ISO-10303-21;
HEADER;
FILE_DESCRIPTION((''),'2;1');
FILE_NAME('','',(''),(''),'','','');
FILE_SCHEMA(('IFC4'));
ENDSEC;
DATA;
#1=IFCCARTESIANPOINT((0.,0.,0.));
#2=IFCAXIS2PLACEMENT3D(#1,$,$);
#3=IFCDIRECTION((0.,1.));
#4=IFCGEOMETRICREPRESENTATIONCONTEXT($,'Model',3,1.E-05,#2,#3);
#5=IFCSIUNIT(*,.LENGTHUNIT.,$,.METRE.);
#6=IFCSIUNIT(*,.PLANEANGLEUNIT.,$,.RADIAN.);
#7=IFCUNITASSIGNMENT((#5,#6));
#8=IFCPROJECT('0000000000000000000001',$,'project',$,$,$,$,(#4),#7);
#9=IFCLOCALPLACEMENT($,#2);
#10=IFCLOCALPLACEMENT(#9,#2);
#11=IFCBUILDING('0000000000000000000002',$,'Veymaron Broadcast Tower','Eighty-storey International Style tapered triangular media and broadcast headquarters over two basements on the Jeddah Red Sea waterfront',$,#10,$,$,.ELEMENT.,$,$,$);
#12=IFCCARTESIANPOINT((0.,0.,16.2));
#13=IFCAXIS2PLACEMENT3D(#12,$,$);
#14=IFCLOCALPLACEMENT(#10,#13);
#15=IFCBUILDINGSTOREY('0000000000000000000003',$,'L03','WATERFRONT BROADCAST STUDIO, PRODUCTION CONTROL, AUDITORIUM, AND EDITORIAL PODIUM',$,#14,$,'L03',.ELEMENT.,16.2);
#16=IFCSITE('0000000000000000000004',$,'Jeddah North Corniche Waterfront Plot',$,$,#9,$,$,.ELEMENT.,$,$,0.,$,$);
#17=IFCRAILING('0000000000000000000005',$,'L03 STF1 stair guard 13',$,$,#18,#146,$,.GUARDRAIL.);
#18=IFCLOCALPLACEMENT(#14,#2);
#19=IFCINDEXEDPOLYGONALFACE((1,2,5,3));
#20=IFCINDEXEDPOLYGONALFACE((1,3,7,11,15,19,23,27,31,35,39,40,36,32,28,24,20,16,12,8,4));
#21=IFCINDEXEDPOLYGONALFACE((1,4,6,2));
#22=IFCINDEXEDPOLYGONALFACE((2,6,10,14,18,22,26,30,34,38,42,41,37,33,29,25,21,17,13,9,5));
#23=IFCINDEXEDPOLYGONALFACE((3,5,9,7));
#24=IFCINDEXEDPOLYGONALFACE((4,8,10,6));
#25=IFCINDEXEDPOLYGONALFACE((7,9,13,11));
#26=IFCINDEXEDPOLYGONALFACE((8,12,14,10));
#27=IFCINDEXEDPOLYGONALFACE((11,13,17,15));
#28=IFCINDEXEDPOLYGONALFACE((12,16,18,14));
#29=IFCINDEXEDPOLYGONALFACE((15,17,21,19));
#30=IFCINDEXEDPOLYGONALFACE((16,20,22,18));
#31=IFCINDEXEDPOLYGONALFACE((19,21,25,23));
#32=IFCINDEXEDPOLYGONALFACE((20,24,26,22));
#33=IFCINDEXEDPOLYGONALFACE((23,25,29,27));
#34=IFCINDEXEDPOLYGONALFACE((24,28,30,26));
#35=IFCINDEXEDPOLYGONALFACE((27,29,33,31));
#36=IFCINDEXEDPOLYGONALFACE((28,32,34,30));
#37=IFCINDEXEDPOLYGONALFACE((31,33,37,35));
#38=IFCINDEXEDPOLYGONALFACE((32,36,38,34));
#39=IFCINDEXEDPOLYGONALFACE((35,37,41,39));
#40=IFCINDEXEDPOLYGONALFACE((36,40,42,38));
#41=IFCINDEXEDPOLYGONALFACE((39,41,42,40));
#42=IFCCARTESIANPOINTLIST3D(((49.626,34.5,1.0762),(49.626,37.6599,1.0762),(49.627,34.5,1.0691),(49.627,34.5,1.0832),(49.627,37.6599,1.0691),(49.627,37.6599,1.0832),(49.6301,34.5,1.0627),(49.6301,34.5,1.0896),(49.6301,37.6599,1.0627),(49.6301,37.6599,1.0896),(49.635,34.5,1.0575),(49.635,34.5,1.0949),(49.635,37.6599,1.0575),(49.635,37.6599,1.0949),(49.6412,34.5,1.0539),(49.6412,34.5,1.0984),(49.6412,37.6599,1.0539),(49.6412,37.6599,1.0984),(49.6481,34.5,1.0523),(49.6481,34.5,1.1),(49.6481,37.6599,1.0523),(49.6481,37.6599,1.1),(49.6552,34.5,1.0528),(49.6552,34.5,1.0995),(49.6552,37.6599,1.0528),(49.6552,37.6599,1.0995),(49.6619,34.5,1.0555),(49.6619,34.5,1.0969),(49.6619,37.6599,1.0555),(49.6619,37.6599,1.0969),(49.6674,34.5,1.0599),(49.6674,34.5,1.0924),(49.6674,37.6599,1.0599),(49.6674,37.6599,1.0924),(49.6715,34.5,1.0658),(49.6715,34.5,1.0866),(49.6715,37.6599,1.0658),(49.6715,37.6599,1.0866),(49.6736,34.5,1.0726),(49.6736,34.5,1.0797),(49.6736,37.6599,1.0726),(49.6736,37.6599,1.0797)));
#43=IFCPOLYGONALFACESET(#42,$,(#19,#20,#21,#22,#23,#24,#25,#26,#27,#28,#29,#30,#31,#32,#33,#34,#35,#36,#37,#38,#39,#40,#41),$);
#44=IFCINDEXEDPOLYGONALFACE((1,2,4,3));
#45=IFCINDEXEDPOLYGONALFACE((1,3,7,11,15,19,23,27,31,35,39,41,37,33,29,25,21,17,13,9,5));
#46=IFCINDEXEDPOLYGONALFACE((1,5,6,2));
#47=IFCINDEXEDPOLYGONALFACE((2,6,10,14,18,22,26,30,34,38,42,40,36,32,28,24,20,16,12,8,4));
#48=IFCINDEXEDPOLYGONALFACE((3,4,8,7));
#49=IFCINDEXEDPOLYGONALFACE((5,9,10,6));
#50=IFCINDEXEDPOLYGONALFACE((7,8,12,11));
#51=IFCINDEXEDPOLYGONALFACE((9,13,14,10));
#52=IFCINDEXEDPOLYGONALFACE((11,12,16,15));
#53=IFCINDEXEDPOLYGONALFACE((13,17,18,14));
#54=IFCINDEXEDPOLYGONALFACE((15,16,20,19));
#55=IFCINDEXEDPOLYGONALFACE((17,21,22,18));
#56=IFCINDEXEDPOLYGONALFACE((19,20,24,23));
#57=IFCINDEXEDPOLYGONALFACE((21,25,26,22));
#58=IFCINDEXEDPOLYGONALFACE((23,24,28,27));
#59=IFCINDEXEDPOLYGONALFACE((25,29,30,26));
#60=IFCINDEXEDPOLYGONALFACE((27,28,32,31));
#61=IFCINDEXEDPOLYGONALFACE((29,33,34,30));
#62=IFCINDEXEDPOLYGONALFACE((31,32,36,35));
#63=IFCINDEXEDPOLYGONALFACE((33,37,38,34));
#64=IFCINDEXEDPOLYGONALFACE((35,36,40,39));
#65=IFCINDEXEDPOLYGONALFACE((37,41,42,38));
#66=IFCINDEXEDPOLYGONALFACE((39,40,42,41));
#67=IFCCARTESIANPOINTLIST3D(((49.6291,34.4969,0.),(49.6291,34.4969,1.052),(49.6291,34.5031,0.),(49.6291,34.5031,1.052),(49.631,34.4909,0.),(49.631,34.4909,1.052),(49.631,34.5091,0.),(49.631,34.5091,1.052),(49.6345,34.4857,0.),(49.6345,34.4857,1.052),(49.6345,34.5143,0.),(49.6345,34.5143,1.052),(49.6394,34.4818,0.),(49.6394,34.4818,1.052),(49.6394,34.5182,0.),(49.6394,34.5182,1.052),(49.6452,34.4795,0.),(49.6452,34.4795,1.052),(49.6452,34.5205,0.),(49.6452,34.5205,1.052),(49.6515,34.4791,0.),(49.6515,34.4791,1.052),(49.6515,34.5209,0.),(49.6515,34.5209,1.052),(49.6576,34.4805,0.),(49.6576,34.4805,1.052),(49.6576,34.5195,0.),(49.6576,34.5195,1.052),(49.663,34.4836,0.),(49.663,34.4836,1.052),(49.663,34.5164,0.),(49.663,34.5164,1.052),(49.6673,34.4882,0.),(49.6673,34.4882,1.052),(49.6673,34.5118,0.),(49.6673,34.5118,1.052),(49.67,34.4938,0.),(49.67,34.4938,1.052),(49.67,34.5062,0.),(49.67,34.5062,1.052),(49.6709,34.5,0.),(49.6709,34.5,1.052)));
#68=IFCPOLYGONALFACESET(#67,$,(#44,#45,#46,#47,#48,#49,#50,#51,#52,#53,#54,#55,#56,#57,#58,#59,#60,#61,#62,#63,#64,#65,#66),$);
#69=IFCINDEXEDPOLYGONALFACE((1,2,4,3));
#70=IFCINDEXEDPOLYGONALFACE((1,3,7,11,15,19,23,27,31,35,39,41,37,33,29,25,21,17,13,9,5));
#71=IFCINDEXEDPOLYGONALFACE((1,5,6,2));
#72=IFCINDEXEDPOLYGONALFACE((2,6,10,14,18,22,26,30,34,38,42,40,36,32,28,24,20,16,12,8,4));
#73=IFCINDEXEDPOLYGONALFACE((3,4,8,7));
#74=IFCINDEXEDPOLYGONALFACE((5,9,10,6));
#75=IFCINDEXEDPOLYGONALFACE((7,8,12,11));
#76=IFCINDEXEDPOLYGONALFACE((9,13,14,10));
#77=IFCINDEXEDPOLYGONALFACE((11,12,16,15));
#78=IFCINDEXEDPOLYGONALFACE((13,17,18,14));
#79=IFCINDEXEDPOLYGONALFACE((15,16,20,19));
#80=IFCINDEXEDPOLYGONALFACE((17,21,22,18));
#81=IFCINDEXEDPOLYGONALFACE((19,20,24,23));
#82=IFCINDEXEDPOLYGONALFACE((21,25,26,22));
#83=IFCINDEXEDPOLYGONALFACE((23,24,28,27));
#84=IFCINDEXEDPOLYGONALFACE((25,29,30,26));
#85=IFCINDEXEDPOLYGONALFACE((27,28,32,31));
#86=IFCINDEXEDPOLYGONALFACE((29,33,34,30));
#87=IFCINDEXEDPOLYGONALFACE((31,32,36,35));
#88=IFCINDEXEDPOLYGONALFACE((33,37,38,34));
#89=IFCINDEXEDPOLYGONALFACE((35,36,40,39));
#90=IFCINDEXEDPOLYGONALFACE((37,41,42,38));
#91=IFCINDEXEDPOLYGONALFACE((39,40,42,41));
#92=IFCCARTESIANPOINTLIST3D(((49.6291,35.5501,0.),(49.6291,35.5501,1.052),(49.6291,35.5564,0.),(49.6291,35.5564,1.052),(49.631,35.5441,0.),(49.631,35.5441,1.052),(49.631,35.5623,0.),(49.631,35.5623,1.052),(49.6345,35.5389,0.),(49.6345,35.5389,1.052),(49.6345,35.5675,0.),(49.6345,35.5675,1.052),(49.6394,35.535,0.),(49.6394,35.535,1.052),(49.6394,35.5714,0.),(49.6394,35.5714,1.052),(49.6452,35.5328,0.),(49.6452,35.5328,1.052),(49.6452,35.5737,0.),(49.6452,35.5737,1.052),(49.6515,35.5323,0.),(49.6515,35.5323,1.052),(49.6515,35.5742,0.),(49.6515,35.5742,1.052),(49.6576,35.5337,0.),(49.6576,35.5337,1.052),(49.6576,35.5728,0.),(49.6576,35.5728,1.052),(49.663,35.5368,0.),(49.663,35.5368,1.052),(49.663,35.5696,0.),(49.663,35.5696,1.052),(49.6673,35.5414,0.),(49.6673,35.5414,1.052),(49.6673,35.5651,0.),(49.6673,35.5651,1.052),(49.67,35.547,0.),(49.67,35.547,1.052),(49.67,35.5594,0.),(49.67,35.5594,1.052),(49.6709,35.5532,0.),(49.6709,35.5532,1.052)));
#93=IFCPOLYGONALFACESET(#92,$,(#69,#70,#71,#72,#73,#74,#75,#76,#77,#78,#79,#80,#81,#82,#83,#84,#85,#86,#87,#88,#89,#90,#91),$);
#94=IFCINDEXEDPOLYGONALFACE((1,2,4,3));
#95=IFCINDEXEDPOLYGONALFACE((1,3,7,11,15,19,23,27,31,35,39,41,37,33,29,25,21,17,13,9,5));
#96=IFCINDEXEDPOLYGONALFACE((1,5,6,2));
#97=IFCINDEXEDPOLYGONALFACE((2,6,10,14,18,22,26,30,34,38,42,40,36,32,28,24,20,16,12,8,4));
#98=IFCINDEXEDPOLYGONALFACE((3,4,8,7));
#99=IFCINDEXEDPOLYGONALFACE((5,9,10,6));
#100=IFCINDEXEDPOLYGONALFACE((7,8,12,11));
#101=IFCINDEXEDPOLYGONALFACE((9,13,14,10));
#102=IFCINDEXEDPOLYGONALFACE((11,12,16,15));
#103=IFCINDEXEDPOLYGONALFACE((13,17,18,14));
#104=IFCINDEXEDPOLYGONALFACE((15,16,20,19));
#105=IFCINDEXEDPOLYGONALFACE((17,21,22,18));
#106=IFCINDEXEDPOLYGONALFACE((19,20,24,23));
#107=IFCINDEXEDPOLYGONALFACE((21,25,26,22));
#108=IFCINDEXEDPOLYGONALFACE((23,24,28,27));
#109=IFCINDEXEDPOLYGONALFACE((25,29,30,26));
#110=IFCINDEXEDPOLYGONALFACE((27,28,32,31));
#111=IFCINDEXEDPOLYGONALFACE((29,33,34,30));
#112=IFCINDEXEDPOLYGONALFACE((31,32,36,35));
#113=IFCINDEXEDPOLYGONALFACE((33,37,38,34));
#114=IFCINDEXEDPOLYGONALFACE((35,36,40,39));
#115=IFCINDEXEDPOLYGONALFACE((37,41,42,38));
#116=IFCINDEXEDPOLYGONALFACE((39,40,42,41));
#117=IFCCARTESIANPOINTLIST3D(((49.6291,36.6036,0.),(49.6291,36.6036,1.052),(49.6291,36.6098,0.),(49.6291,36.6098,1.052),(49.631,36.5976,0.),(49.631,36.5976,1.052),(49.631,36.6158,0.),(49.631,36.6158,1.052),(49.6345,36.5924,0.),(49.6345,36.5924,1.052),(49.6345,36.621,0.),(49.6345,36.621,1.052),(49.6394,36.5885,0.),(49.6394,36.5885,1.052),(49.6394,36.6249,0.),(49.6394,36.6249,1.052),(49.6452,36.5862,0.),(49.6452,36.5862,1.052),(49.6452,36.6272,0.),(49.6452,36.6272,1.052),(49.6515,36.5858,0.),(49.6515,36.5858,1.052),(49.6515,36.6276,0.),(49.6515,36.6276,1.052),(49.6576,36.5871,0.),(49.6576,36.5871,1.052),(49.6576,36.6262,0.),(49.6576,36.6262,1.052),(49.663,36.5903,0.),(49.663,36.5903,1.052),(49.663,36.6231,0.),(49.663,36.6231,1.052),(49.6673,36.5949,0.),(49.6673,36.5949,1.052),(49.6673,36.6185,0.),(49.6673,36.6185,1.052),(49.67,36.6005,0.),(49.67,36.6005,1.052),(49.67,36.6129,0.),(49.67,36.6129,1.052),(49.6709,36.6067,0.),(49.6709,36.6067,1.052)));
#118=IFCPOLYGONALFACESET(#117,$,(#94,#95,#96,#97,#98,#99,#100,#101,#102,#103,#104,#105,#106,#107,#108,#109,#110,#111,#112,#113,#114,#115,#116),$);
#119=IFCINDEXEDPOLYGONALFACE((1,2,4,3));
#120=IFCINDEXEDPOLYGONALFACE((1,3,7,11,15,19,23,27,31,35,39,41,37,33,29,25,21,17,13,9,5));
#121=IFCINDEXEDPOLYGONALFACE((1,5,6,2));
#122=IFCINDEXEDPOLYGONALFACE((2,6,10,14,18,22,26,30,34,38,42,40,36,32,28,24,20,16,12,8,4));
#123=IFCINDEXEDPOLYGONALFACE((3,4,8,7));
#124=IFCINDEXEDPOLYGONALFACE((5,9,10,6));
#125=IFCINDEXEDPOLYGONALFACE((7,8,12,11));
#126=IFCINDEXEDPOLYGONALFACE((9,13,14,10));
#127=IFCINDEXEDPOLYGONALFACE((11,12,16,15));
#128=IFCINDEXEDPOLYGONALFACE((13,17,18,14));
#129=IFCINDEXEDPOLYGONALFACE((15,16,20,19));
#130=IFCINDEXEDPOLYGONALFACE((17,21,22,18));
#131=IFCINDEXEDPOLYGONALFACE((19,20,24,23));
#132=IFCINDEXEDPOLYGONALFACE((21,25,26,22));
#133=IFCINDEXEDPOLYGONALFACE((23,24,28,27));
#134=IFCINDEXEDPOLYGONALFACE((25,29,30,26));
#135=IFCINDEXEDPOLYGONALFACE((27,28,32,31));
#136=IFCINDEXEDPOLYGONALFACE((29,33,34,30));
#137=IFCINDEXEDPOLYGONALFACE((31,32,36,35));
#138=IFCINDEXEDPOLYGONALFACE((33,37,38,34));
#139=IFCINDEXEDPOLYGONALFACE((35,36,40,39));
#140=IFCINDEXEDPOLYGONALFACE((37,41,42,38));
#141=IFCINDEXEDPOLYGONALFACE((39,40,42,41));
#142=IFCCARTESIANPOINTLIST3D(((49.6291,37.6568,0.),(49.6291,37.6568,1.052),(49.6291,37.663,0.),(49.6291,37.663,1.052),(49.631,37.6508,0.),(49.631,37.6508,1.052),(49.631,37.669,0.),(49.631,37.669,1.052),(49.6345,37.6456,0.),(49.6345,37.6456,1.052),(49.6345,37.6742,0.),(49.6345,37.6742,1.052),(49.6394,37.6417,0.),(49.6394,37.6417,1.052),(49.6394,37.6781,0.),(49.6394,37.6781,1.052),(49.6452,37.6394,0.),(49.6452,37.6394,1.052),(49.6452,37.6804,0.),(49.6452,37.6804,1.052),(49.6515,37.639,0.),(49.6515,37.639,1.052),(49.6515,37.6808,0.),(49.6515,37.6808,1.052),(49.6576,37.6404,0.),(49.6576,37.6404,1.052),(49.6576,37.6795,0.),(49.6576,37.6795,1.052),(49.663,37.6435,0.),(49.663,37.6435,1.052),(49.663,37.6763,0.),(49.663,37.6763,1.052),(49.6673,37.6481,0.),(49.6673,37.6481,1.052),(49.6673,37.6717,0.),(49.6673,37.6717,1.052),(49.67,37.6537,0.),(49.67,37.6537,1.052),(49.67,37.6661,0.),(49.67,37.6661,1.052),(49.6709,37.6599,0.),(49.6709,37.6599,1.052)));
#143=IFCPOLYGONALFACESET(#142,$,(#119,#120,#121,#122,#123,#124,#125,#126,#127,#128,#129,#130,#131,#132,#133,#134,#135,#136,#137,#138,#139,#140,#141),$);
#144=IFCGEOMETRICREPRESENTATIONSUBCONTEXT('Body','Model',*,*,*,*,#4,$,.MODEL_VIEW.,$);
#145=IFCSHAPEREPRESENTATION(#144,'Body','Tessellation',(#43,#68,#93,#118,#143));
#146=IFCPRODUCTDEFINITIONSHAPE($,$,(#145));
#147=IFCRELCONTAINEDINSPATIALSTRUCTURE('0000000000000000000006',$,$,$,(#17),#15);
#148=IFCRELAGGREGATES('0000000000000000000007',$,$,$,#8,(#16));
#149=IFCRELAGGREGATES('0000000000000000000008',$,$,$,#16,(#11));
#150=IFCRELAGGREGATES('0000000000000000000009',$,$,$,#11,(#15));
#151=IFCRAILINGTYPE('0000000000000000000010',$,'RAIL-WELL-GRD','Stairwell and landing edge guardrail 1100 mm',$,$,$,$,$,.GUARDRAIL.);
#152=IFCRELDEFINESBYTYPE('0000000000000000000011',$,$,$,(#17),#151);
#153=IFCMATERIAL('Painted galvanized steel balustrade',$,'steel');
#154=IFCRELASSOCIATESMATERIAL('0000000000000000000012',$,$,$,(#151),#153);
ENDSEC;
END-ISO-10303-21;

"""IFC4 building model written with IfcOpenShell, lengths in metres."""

from ifc_helpers import new_model, si_unit, direction, frame, origin, origin_2d, place, context, subcontext, project, spatial, circle, extrude, material, type_object, element, save


model = new_model("IFC4")

# Units and contexts
model_context = context("Model", 3, precision=1e-05, world=origin(), true_north=direction((0.0, 1.0)))
body_context = subcontext(model_context, "Body", "Model", "MODEL_VIEW")
ifc_project = project(units=[si_unit("LENGTHUNIT", "METRE"), si_unit("PLANEANGLEUNIT", "RADIAN")], contexts=[model_context])

# Site, building, storey
site_placement = place(None, origin())
site = spatial("IfcSite", under=ifc_project, at=site_placement, Name="Jeddah North Corniche Waterfront Plot", CompositionType="ELEMENT", RefElevation=0.0)
building_placement = place(site_placement, origin())
building = spatial("IfcBuilding", under=site, at=building_placement, Name="Veymaron Broadcast Tower", Description="Eighty-storey International Style tapered triangular media and broadcast headquarters over two basements on the Jeddah Red Sea waterfront", CompositionType="ELEMENT")
storey_placement = place(building_placement, frame((0.0, 0.0, 16.2)))
storey = spatial("IfcBuildingStorey", under=building, at=storey_placement, Name="L03", Description="WATERFRONT BROADCAST STUDIO, PRODUCTION CONTROL, AUDITORIUM, AND EDITORIAL PODIUM", LongName="L03", CompositionType="ELEMENT", Elevation=16.2)

# Railing
ifc_material_1 = material(Name="Painted galvanized steel balustrade", Category="steel")
railing_type = type_object("IfcRailingType", Name="RAIL-WELL-GRD", Description="Stairwell and landing edge guardrail 1100 mm", PredefinedType="GUARDRAIL", material=ifc_material_1)
railing_1_placement = place(storey_placement, frame((49.6499, 34.5, 0.0)))
element("IfcRailing", 1, at=railing_1_placement, inside=storey, type_object=railing_type, Name="L03 STF1 stair guard 13", PredefinedType="GUARDRAIL", context=body_context, shape_type="SweptSolid", body=[
    extrude(circle(Radius=0.0239, at=origin_2d()), frame((0.0, 0.0, 1.0762), z_axis=(0.0, 1.0, 0.0), x_axis=(-1.0, 0.0, 0.0)), (0.0, 0.0, 1.0), 3.1599),
    extrude(circle(Radius=0.021, at=origin_2d()), origin(), (0.0, 0.0, 1.0), 1.052),
    extrude(circle(Radius=0.021, at=origin_2d()), frame((0.0, 1.0532, 0.0)), (0.0, 0.0, 1.0), 1.052),
    extrude(circle(Radius=0.021, at=origin_2d()), frame((0.0, 2.1067, 0.0)), (0.0, 0.0, 1.0), 1.052),
    extrude(circle(Radius=0.021, at=origin_2d()), frame((0.0, 3.1599, 0.0)), (0.0, 0.0, 1.0), 1.052),
])

save(model, "model.ifc")
